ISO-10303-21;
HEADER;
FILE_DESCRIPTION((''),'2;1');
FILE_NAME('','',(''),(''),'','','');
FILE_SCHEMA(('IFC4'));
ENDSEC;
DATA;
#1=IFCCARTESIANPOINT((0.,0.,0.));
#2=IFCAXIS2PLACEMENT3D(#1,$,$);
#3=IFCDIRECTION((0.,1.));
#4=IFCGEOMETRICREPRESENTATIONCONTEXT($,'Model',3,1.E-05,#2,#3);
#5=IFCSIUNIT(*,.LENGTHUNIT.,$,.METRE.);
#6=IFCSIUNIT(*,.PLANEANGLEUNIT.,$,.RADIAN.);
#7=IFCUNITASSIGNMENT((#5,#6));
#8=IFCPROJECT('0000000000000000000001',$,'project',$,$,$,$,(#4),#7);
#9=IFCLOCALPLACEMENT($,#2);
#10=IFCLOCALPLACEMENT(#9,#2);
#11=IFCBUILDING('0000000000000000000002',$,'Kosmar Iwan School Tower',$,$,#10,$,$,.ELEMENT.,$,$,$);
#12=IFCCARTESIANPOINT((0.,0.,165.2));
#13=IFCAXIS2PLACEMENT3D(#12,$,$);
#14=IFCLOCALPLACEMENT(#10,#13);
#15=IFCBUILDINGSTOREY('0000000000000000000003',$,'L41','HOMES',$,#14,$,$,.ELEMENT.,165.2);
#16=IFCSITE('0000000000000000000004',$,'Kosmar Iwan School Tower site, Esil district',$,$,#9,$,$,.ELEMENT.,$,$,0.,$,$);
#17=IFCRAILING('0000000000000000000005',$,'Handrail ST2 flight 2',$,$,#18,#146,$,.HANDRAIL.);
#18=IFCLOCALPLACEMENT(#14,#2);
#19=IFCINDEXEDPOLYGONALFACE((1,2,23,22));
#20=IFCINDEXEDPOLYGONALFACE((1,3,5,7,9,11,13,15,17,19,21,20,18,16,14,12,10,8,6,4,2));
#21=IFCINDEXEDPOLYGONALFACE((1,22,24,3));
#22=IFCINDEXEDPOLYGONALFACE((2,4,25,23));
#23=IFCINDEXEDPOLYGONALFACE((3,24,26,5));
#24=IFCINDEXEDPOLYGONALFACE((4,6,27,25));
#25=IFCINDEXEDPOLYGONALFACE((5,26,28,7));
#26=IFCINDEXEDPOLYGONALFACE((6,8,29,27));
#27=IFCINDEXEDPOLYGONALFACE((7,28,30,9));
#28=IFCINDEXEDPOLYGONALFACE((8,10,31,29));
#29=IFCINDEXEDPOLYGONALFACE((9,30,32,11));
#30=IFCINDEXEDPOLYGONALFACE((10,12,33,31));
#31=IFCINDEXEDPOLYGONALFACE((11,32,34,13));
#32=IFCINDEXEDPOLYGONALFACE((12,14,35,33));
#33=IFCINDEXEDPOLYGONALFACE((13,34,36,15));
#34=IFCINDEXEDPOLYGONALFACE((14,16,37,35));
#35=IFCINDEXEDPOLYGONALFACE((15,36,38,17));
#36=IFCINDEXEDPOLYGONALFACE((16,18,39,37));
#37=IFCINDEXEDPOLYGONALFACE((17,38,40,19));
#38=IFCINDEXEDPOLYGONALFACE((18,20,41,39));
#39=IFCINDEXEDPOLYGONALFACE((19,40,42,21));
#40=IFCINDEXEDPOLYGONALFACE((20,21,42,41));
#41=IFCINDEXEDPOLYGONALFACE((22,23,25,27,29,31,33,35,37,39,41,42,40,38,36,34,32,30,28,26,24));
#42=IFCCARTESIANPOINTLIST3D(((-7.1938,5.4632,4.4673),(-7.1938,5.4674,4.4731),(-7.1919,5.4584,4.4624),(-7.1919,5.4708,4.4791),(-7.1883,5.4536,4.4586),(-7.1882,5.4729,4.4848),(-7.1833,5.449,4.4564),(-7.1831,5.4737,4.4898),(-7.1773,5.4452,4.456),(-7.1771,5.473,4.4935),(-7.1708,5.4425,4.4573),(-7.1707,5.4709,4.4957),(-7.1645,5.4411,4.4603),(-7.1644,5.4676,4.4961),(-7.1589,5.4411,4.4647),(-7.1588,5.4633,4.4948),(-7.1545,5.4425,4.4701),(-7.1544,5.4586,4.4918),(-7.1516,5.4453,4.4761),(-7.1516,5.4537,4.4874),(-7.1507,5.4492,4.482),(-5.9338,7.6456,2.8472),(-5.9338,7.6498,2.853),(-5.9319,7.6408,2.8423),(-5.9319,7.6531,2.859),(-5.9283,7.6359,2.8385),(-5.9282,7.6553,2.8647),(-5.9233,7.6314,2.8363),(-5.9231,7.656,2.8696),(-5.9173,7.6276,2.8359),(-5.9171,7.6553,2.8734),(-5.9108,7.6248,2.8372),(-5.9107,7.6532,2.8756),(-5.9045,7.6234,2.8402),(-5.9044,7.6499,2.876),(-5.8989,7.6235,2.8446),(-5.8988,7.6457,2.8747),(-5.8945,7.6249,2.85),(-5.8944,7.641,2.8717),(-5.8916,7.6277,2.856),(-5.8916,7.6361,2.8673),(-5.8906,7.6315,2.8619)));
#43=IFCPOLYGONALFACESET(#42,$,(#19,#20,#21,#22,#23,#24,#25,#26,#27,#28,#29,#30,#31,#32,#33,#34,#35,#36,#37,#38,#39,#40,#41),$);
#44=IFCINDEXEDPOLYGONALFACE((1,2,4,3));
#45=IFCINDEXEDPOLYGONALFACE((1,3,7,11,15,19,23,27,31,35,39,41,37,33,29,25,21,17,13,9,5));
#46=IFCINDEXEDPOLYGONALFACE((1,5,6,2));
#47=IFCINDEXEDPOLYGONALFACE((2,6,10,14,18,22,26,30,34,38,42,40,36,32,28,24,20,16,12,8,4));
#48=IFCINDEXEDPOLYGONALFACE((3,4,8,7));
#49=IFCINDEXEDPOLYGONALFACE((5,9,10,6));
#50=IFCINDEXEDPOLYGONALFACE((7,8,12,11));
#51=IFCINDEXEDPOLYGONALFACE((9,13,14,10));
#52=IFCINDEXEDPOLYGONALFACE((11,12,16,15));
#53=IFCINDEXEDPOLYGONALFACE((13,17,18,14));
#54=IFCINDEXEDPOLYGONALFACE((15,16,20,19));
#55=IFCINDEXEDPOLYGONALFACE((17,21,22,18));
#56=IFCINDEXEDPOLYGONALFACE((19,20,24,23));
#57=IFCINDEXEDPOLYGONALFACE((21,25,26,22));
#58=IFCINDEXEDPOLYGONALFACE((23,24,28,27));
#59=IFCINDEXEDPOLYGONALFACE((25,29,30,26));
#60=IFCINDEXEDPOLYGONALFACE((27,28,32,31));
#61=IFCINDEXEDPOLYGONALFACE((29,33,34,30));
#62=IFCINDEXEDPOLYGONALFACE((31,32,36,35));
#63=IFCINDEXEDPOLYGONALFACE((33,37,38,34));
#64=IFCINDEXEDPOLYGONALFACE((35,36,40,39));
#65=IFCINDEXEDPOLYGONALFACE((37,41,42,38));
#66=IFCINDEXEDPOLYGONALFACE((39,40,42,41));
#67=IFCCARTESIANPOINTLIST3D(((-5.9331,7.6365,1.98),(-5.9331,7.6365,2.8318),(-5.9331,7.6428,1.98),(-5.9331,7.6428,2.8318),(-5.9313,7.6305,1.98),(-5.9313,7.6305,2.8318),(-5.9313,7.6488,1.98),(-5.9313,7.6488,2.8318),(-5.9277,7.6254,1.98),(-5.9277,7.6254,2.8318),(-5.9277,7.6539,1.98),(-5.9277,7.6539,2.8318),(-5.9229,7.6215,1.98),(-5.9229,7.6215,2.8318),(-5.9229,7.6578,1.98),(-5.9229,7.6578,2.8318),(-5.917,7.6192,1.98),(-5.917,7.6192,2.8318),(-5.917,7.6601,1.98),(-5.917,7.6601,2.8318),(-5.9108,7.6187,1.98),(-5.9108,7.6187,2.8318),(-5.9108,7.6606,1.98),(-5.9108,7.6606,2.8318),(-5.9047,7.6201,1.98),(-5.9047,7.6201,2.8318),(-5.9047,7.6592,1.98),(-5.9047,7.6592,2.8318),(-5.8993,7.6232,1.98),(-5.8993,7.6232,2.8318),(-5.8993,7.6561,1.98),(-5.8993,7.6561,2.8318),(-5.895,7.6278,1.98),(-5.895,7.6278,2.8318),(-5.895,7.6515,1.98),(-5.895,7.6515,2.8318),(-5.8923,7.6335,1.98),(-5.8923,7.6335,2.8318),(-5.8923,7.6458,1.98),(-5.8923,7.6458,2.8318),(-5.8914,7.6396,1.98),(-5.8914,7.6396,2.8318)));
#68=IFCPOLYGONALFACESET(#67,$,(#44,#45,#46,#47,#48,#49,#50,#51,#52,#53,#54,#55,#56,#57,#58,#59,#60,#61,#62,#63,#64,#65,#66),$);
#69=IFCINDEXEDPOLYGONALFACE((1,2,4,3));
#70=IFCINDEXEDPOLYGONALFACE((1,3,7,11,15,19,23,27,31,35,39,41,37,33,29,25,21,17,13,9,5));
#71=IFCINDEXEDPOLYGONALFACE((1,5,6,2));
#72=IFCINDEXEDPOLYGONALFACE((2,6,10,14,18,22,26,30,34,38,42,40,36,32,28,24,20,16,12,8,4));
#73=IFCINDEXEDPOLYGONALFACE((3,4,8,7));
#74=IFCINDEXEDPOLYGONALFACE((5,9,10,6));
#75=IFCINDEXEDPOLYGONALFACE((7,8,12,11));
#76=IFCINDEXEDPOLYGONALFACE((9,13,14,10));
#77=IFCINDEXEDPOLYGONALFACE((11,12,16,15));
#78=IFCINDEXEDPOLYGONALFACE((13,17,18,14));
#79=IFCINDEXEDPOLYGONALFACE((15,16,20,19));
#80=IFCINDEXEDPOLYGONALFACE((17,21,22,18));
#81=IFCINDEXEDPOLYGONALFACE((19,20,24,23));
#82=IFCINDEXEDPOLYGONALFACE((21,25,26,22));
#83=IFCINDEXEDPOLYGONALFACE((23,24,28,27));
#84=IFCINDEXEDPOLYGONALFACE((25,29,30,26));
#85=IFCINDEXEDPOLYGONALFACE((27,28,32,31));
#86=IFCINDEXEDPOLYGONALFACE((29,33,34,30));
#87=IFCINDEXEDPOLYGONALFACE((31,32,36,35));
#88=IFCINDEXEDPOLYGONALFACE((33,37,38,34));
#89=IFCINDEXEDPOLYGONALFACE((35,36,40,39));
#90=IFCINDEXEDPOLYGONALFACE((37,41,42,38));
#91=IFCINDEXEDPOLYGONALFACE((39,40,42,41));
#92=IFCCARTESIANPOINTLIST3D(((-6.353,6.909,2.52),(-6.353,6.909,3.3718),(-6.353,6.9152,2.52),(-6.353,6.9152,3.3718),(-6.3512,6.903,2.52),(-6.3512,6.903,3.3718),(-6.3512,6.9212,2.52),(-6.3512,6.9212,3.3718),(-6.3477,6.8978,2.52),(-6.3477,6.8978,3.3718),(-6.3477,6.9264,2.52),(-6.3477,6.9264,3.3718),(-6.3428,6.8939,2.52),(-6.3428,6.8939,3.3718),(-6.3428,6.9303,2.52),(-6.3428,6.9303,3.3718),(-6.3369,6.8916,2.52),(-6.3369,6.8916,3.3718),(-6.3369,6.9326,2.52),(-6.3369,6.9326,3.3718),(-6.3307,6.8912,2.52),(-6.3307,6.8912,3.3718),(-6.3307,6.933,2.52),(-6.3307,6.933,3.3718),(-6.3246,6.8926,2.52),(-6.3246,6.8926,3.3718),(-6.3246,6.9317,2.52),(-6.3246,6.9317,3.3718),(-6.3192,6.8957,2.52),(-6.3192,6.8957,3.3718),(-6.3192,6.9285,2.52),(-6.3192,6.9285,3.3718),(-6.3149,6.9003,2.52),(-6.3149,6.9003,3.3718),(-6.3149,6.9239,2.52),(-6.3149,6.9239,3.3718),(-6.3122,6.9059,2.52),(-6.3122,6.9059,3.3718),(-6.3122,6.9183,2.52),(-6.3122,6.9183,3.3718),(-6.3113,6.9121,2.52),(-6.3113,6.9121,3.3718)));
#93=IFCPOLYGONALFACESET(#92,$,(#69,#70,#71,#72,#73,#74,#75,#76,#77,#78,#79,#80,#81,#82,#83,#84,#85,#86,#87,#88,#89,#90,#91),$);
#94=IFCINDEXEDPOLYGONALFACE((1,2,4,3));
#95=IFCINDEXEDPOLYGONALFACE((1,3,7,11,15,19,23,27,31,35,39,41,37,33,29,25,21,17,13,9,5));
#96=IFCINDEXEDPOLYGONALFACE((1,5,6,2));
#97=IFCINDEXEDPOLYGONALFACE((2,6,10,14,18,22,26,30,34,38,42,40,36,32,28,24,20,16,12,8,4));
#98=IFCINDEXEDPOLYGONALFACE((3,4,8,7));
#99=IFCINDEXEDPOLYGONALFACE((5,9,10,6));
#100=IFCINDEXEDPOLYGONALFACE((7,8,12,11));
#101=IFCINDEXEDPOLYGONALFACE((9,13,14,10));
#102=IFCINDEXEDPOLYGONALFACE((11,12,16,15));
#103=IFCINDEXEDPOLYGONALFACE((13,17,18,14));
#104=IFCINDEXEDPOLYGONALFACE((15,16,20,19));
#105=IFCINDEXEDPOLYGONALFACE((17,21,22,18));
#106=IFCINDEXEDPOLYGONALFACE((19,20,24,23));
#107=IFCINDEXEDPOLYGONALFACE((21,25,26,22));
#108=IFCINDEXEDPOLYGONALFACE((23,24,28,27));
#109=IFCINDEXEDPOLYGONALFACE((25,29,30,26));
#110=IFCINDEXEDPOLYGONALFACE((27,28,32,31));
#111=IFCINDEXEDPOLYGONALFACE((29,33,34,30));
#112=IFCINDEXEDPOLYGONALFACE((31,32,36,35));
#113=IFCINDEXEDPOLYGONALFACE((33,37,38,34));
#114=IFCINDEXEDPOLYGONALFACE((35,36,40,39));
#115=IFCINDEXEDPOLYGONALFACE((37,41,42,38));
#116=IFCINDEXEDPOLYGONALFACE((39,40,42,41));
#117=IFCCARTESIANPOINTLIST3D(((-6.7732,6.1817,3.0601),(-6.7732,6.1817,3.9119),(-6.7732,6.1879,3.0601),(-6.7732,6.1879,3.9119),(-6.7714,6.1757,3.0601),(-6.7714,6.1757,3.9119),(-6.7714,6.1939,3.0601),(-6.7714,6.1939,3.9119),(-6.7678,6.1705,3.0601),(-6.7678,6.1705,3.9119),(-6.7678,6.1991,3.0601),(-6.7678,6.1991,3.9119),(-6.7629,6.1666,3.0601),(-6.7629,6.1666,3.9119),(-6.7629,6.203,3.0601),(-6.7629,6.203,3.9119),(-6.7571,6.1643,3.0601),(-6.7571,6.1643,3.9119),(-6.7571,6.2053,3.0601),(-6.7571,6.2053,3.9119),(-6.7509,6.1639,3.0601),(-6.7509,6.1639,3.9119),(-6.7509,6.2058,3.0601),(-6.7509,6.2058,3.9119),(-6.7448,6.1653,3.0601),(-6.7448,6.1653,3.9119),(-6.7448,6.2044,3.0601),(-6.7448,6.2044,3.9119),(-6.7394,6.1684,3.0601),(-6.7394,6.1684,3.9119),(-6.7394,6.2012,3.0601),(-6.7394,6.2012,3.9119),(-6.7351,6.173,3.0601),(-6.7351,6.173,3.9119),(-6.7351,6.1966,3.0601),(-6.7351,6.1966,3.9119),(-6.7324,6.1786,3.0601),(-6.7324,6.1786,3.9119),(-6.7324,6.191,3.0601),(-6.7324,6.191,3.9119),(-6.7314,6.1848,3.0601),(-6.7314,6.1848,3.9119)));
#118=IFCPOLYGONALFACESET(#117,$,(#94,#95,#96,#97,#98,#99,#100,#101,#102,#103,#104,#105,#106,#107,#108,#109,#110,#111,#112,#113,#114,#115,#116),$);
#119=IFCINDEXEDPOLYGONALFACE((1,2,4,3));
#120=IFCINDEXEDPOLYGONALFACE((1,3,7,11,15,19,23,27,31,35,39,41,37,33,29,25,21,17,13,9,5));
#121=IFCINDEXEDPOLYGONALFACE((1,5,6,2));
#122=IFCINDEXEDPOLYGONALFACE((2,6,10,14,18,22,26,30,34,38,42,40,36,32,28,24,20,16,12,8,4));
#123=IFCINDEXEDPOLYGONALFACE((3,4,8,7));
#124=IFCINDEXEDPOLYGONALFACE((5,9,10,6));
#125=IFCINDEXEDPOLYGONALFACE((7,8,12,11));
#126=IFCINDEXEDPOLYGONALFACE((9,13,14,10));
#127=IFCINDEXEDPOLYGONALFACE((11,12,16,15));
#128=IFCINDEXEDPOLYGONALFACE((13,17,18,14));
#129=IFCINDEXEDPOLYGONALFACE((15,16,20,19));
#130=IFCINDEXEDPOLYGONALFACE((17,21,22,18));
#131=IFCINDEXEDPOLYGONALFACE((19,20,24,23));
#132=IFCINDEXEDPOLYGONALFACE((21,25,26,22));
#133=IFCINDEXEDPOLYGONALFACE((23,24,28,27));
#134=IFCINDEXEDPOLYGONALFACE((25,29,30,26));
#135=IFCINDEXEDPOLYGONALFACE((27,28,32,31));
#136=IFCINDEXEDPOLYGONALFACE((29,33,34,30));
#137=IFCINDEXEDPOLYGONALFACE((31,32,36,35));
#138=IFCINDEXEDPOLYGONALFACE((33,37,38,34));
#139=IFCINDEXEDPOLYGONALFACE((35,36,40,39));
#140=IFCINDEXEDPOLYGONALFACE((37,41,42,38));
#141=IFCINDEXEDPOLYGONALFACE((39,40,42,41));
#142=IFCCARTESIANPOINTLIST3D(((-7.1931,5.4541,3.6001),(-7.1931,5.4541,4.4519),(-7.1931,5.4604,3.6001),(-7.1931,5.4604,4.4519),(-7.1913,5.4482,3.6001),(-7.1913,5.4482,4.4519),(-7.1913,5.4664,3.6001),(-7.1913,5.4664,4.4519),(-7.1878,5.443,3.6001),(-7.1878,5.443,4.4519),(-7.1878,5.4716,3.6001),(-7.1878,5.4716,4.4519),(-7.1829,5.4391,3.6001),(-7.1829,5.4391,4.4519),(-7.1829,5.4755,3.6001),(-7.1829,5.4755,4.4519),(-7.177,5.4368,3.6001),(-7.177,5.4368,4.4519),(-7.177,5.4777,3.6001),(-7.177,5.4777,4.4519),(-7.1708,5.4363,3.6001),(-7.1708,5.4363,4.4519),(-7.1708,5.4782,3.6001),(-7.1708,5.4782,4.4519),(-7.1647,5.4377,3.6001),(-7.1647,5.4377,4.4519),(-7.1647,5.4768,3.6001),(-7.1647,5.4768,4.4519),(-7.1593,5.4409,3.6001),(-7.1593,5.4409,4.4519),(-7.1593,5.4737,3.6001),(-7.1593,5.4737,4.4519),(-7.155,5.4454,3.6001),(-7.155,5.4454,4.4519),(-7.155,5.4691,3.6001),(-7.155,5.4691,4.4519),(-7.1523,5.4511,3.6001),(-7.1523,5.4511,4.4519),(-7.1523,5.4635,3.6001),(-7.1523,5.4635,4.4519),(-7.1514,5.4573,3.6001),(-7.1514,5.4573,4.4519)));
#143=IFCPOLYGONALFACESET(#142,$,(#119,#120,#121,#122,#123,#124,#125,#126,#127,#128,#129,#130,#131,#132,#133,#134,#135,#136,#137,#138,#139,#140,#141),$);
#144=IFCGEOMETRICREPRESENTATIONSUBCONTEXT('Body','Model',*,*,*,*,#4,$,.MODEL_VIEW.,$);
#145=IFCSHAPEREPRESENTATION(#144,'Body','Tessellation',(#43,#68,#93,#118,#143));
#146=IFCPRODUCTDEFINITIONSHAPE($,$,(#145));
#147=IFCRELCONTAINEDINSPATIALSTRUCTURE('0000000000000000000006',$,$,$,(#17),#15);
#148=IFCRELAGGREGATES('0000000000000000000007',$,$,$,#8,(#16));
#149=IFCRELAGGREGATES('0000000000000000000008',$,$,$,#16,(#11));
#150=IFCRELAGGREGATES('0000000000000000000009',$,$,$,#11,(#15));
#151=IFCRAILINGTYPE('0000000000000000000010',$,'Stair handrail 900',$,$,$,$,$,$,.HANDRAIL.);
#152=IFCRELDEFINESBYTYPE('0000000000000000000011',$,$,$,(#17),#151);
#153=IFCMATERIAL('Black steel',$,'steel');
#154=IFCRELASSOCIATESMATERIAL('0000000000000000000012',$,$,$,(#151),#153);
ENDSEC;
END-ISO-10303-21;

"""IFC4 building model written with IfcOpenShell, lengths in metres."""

from ifc_helpers import new_model, si_unit, direction, frame, origin, origin_2d, place, context, subcontext, project, spatial, circle, extrude, material, type_object, element, save


model = new_model("IFC4")

# Units and contexts
model_context = context("Model", 3, precision=1e-05, world=origin(), true_north=direction((0.0, 1.0)))
body_context = subcontext(model_context, "Body", "Model", "MODEL_VIEW")
ifc_project = project(units=[si_unit("LENGTHUNIT", "METRE"), si_unit("PLANEANGLEUNIT", "RADIAN")], contexts=[model_context])

# Site, building, storey
site_placement = place(None, origin())
site = spatial("IfcSite", under=ifc_project, at=site_placement, Name="Kosmar Iwan School Tower site, Esil district", CompositionType="ELEMENT", RefElevation=0.0)
building_placement = place(site_placement, origin())
building = spatial("IfcBuilding", under=site, at=building_placement, Name="Kosmar Iwan School Tower", CompositionType="ELEMENT")
storey_placement = place(building_placement, frame((0.0, 0.0, 165.2)))
storey = spatial("IfcBuildingStorey", under=building, at=storey_placement, Name="L41", Description="HOMES", CompositionType="ELEMENT", Elevation=165.2)

# Railing
ifc_material_1 = material(Name="Black steel", Category="steel")
railing_type = type_object("IfcRailingType", Name="Stair handrail 900", PredefinedType="HANDRAIL", material=ifc_material_1)
railing_1_placement = place(storey_placement, frame((-5.9124, 7.6396, 1.98)))
element("IfcRailing", 1, at=railing_1_placement, inside=storey, type_object=railing_type, Name="Handrail ST2 flight 2", PredefinedType="HANDRAIL", context=body_context, shape_type="SweptSolid", body=[
    extrude(circle(Radius=0.0239, at=origin_2d()), frame((0.0, 0.0, 0.876), z_axis=(-0.420584, -0.728464, 0.540786), x_axis=(0.866023, -0.500005, 0.0)), (0.0, 0.0, 1.0), 2.9958),
    extrude(circle(Radius=0.021, at=origin_2d()), origin(), (0.0, 0.0, 1.0), 0.8518),
    extrude(circle(Radius=0.021, at=origin_2d()), frame((-0.4199, -0.7275, 0.54)), (0.0, 0.0, 1.0), 0.8518),
    extrude(circle(Radius=0.021, at=origin_2d()), frame((-0.8401, -1.4548, 1.0801)), (0.0, 0.0, 1.0), 0.8518),
    extrude(circle(Radius=0.021, at=origin_2d()), frame((-1.26, -2.1824, 1.6201)), (0.0, 0.0, 1.0), 0.8518),
])

save(model, "model.ifc")
